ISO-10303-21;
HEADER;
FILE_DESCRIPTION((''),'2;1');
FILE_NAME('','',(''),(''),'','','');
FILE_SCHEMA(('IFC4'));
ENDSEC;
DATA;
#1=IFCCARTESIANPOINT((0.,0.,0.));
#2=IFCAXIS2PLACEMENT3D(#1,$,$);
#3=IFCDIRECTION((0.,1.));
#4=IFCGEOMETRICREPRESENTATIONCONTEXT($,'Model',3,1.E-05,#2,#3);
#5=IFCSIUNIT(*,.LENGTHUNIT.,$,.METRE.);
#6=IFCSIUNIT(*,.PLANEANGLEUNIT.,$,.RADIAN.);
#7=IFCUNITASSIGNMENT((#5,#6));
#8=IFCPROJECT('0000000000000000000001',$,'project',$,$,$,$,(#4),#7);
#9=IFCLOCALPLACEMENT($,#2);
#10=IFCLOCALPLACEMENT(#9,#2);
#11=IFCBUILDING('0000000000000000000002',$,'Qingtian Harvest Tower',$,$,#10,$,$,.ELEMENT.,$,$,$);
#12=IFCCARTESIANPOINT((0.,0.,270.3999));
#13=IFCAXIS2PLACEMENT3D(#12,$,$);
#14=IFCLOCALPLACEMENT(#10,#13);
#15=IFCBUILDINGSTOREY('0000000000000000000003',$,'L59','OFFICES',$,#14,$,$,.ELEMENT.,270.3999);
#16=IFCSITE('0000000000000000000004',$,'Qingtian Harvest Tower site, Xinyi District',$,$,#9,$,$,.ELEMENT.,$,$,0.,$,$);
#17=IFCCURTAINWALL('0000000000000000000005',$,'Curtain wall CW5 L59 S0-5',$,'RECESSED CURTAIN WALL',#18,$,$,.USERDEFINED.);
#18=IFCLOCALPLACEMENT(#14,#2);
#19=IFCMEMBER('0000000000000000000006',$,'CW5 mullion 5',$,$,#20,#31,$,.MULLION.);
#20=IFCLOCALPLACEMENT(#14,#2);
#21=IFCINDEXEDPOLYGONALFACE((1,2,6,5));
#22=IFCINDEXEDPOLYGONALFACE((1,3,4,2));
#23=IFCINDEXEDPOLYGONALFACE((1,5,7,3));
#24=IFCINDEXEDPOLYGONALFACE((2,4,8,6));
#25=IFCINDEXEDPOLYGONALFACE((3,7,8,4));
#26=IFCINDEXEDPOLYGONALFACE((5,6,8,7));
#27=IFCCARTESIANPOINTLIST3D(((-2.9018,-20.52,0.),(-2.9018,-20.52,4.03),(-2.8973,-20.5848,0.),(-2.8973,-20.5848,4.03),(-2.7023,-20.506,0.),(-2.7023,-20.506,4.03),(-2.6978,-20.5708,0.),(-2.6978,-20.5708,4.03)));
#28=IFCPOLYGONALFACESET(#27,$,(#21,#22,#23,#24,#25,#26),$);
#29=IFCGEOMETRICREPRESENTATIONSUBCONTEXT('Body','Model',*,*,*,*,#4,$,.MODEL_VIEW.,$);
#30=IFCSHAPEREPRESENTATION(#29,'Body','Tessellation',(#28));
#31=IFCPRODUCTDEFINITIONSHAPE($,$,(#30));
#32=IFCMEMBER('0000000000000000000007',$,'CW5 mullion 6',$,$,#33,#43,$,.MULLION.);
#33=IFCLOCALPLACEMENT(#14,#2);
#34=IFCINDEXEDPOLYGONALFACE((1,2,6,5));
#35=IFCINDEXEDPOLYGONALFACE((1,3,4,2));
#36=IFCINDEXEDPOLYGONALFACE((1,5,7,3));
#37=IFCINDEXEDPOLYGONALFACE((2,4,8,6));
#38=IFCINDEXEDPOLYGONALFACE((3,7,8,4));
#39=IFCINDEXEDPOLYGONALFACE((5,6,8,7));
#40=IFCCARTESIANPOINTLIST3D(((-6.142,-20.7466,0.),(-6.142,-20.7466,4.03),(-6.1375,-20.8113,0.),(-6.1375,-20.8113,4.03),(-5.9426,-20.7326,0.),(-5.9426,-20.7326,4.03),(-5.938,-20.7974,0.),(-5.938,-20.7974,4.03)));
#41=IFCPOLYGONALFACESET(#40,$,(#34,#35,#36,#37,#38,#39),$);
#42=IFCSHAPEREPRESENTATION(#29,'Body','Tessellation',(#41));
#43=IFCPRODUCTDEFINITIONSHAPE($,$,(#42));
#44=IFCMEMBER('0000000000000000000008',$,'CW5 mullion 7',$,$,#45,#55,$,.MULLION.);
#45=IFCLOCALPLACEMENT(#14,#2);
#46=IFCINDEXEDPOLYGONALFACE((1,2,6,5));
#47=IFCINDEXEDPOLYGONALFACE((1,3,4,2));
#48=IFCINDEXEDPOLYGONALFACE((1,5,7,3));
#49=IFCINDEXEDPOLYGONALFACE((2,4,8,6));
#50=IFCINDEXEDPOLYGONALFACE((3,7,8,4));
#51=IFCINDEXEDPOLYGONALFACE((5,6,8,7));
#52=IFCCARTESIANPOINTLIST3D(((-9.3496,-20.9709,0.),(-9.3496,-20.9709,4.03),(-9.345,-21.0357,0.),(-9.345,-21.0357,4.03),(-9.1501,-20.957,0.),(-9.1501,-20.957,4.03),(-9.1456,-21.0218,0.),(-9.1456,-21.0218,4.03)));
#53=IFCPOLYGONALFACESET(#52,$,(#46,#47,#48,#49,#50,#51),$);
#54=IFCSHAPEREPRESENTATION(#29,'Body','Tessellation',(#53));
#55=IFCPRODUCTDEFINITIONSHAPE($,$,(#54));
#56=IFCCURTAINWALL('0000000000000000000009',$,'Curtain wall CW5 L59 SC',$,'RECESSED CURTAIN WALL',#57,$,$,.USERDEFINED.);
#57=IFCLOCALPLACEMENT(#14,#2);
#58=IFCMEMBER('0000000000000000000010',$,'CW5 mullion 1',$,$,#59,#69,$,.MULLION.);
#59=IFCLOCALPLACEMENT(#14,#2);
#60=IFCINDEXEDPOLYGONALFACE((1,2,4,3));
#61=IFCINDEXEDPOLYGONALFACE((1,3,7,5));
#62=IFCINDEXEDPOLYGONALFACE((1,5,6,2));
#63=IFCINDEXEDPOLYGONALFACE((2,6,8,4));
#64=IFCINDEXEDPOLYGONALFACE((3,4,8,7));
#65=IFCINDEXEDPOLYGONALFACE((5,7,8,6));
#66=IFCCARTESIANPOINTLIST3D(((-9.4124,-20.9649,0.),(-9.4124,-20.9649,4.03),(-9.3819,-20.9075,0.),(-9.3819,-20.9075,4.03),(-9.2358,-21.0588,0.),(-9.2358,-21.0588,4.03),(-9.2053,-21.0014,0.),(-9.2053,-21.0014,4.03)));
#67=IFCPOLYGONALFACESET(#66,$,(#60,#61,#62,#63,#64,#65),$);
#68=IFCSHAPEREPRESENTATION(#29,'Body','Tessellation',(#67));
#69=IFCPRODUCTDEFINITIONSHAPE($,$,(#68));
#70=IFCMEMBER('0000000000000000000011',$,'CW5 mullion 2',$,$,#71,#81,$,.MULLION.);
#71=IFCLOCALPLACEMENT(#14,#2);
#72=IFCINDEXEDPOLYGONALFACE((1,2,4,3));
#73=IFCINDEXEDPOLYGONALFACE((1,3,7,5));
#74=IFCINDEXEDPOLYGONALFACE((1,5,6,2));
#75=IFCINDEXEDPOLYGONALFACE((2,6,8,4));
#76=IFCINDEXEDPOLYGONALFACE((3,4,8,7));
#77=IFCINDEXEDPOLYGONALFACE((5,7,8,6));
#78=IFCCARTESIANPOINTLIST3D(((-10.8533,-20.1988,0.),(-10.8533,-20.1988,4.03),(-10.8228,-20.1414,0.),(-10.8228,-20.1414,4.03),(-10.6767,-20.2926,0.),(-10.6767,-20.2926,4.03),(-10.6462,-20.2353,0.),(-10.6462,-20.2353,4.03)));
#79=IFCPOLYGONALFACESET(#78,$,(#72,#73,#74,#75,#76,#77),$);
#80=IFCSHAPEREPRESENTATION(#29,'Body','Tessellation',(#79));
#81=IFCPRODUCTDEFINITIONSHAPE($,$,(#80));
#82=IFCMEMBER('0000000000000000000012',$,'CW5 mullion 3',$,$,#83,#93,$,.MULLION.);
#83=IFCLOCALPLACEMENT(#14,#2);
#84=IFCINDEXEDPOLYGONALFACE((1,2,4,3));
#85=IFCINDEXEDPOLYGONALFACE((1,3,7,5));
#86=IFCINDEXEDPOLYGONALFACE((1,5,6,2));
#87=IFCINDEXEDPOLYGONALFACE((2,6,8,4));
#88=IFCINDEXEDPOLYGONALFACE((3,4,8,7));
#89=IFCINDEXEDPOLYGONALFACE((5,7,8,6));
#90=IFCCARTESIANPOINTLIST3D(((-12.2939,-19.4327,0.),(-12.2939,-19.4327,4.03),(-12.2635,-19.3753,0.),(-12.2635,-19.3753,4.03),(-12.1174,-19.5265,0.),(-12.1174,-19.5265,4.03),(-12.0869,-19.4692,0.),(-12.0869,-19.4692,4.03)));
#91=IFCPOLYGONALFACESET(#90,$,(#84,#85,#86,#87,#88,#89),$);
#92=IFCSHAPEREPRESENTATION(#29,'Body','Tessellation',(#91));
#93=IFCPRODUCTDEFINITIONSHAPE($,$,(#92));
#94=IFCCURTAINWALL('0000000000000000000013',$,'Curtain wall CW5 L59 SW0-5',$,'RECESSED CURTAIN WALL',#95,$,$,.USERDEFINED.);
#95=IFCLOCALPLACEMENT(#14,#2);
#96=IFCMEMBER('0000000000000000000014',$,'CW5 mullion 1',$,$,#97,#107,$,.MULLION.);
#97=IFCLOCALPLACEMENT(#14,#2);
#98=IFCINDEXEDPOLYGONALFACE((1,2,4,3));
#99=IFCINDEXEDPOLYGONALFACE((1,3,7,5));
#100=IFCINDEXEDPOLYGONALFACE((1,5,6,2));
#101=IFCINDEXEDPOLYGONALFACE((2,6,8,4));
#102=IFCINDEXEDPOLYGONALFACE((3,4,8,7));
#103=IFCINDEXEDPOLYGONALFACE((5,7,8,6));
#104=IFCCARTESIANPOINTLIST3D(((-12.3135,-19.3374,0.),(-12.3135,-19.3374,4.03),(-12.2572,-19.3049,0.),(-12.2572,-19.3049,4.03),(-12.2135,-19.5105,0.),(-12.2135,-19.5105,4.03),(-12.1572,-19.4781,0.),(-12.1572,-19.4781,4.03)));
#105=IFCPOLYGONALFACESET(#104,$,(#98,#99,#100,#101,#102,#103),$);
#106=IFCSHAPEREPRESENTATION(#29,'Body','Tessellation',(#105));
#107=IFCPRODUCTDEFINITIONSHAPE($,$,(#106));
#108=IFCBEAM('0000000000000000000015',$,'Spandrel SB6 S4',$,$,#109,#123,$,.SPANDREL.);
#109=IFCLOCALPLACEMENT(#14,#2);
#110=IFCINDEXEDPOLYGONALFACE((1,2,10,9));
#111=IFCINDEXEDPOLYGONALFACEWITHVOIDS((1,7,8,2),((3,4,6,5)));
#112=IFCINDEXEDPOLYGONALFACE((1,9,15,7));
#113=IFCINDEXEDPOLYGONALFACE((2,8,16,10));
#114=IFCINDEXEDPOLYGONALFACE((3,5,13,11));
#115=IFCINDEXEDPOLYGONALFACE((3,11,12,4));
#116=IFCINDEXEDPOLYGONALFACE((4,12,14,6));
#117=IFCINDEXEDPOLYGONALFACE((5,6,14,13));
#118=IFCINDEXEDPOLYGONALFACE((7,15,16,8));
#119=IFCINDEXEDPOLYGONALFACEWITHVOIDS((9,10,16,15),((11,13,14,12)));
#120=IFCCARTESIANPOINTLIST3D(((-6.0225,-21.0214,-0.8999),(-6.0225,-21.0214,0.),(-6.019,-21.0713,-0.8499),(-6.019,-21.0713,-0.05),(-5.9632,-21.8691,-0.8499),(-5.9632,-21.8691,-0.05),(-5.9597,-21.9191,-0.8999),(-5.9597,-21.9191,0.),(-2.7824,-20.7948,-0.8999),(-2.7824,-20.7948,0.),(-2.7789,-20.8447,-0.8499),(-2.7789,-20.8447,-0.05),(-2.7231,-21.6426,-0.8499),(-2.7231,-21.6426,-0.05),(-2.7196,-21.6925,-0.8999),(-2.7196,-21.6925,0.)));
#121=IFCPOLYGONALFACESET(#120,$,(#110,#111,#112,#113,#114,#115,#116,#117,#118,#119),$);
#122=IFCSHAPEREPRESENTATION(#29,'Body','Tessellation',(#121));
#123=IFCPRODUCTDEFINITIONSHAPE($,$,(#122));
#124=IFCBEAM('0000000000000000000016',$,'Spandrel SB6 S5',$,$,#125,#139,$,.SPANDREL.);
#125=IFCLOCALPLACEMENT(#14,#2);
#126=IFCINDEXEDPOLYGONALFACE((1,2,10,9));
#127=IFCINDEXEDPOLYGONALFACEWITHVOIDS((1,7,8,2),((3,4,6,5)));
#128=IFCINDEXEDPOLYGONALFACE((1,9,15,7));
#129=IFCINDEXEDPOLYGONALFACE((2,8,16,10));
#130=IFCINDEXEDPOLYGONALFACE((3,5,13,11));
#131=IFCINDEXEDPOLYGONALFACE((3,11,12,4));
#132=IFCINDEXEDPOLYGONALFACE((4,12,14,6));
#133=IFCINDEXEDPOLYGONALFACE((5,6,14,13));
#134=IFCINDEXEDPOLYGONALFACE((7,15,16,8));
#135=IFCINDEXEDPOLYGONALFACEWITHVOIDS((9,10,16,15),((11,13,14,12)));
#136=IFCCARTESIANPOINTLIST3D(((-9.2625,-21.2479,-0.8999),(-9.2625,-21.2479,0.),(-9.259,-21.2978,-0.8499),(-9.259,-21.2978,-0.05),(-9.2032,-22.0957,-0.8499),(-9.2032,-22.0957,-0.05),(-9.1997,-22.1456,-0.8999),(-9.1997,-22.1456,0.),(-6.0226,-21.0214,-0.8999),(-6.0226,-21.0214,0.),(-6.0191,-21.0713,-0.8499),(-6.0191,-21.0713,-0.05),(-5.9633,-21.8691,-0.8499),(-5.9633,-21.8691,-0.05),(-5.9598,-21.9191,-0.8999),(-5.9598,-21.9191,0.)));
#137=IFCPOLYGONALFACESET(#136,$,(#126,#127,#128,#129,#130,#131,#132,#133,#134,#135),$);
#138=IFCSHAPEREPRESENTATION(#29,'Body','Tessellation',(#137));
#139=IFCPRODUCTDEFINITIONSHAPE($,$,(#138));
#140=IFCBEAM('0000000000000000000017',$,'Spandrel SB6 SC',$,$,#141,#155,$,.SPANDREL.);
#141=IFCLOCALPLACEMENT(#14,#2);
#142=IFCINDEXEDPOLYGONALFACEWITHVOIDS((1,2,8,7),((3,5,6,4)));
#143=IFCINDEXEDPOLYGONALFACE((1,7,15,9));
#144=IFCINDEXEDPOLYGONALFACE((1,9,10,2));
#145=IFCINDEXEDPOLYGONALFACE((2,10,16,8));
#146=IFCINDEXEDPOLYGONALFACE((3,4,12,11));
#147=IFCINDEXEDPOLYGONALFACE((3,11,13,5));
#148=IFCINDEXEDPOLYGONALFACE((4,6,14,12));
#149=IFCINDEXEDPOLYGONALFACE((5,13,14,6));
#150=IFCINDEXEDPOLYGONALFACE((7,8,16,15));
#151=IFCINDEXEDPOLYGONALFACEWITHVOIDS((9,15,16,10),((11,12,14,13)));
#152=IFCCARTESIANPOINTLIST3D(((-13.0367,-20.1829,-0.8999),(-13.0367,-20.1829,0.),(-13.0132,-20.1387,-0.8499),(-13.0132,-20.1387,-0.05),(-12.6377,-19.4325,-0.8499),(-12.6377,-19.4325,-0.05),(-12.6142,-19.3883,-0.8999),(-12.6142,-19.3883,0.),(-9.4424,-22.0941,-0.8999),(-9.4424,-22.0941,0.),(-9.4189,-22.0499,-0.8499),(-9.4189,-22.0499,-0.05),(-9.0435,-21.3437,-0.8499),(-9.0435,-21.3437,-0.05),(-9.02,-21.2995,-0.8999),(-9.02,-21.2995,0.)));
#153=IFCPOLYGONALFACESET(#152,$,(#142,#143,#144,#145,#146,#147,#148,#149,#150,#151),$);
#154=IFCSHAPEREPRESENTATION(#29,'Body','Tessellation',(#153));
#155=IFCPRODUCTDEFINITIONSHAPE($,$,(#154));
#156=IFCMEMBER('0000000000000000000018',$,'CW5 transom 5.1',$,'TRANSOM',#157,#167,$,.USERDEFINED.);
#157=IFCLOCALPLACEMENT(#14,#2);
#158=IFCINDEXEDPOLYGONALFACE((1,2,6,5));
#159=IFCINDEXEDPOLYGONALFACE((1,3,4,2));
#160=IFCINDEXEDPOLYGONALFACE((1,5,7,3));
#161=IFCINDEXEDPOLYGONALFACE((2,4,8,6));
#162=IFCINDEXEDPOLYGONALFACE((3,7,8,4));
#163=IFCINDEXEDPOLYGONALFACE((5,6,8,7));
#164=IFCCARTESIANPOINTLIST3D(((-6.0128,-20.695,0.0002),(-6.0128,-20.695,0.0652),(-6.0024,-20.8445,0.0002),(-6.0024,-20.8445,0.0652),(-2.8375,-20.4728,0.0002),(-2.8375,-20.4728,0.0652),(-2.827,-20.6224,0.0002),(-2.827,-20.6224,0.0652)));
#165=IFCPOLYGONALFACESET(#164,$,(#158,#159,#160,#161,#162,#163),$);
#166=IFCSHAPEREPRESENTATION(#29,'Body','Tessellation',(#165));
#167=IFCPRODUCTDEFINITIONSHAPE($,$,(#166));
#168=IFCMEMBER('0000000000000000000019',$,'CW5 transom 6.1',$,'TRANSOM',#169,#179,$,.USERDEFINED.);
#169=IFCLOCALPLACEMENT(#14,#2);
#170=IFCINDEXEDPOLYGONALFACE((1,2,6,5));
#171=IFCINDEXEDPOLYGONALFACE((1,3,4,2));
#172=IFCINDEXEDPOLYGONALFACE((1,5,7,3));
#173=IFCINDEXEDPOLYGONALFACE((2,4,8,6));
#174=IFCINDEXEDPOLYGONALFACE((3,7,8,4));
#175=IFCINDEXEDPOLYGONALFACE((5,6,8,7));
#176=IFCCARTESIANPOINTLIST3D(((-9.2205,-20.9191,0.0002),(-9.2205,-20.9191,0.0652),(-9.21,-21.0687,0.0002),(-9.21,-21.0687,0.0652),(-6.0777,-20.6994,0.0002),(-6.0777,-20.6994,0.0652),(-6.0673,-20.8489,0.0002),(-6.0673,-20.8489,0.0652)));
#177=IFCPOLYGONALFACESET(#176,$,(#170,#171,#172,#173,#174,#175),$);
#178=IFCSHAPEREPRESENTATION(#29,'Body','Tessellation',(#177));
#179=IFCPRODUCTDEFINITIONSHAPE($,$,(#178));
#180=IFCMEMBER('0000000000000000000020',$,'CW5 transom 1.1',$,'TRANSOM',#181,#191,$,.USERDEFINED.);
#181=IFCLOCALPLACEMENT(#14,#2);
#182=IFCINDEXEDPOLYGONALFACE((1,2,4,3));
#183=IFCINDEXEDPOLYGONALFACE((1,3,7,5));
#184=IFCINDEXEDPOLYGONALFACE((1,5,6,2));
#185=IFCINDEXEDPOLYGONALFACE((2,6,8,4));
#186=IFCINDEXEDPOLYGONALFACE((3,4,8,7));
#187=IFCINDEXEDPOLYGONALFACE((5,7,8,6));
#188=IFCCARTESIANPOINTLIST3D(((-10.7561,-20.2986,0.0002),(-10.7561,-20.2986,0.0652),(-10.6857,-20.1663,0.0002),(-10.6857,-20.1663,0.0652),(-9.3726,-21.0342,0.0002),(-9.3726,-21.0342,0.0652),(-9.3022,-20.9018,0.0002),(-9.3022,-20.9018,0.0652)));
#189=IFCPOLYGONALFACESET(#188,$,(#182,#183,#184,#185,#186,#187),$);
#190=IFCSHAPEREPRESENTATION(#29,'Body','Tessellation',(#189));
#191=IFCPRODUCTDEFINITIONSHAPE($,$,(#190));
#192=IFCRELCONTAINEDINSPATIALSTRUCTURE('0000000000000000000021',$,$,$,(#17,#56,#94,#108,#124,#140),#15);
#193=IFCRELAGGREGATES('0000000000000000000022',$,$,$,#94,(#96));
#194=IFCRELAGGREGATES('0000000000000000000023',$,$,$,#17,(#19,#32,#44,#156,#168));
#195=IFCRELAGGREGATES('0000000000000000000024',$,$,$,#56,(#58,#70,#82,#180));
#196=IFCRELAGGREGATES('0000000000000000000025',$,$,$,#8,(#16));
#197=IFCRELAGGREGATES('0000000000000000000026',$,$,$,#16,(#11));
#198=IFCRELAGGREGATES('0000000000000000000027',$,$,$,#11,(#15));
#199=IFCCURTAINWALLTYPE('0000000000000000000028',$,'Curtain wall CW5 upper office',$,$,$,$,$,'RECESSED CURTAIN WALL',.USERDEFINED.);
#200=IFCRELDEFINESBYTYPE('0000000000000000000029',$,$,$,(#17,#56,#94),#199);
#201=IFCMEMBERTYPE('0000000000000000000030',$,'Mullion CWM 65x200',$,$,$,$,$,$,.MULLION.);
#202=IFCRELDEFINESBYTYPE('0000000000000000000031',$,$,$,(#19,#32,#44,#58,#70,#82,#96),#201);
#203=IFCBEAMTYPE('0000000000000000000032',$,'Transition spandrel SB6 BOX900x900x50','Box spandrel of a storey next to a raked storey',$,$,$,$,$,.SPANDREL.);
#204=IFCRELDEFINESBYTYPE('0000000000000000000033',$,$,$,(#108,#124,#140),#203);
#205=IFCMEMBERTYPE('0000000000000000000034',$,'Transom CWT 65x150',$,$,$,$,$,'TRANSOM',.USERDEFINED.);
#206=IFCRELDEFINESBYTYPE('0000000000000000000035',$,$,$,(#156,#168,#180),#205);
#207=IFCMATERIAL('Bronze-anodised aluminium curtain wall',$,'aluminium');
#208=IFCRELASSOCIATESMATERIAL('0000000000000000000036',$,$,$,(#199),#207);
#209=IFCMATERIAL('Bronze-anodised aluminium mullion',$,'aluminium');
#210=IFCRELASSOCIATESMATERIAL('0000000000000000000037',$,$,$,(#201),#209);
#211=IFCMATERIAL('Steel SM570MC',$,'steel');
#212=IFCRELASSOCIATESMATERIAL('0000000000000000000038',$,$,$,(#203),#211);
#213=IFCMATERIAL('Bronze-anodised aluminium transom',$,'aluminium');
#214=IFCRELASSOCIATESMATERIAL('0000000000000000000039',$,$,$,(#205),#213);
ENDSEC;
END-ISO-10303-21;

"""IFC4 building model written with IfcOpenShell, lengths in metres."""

from ifc_helpers import new_model, si_unit, direction, frame, origin, origin_2d, place, context, subcontext, project, spatial, rectangle, hollow_rectangle, extrude, material, material_profile, profile_set, type_object, element, aggregate, save


model = new_model("IFC4")

# Units and contexts
model_context = context("Model", 3, precision=1e-05, world=origin(), true_north=direction((0.0, 1.0)))
body_context = subcontext(model_context, "Body", "Model", "MODEL_VIEW")
ifc_project = project(units=[si_unit("LENGTHUNIT", "METRE"), si_unit("PLANEANGLEUNIT", "RADIAN")], contexts=[model_context])

# Site, building, storey
site_placement = place(None, origin())
site = spatial("IfcSite", under=ifc_project, at=site_placement, Name="Qingtian Harvest Tower site, Xinyi District", CompositionType="ELEMENT", RefElevation=0.0)
building_placement = place(site_placement, origin())
building = spatial("IfcBuilding", under=site, at=building_placement, Name="Qingtian Harvest Tower", CompositionType="ELEMENT")
storey_placement = place(building_placement, frame((0.0, 0.0, 270.3999)))
storey = spatial("IfcBuildingStorey", under=building, at=storey_placement, Name="L59", Description="OFFICES", CompositionType="ELEMENT", Elevation=270.3999)

# Curtain walls, members
ifc_material_1 = material(Name="Bronze-anodised aluminium curtain wall", Category="aluminium")
curtain_wall_type = type_object("IfcCurtainWallType", Name="Curtain wall CW5 upper office", ElementType="RECESSED CURTAIN WALL", PredefinedType="USERDEFINED", material=ifc_material_1)
curtain_wall_1_placement = place(storey_placement, origin())
curtain_wall_1 = element("IfcCurtainWall", 1, at=curtain_wall_1_placement, inside=storey, type_object=curtain_wall_type, Name="Curtain wall CW5 L59 S0-5", ObjectType="RECESSED CURTAIN WALL", PredefinedType="USERDEFINED")
ifc_material_2 = material(Name="Bronze-anodised aluminium mullion", Category="aluminium")
ifc_material_profile_1 = material_profile(ifc_material_2, rectangle(XDim=0.0649, YDim=0.2, at=origin_2d()), Name="AL 65x200")
ifc_profile_set_1 = profile_set([ifc_material_profile_1], Name="Bronze-anodised aluminium mullion")
member_type_1 = type_object("IfcMemberType", Name="Mullion CWM 65x200", PredefinedType="MULLION", material=ifc_profile_set_1)
member_1_placement = place(storey_placement, frame((-2.7998, -20.5454, 0.0), z_axis=(0.0, 0.0, 1.0), x_axis=(0.069756, -0.997564, 0.0)))
member_1 = element("IfcMember", 2, at=member_1_placement, type_object=member_type_1, Name="CW5 mullion 5", PredefinedType="MULLION", context=body_context, shape_type="SweptSolid", body=[
    extrude(rectangle(XDim=0.0649, YDim=0.2, at=origin_2d()), origin(), (0.0, 0.0, 1.0), 4.03),
])
member_2_placement = place(storey_placement, frame((-6.04, -20.772, 0.0), z_axis=(0.0, 0.0, 1.0), x_axis=(0.069756, -0.997564, 0.0)))
member_2 = element("IfcMember", 3, at=member_2_placement, type_object=member_type_1, Name="CW5 mullion 6", PredefinedType="MULLION", context=body_context, shape_type="SweptSolid", body=[
    extrude(rectangle(XDim=0.0649, YDim=0.2, at=origin_2d()), origin(), (0.0, 0.0, 1.0), 4.03),
])
member_3_placement = place(storey_placement, frame((-9.2476, -20.9963, 0.0), z_axis=(0.0, 0.0, 1.0), x_axis=(0.069756, -0.997564, 0.0)))
member_3 = element("IfcMember", 4, at=member_3_placement, type_object=member_type_1, Name="CW5 mullion 7", PredefinedType="MULLION", context=body_context, shape_type="SweptSolid", body=[
    extrude(rectangle(XDim=0.0649, YDim=0.2, at=origin_2d()), origin(), (0.0, 0.0, 1.0), 4.03),
])
curtain_wall_2_placement = place(storey_placement, origin())
curtain_wall_2 = element("IfcCurtainWall", 5, at=curtain_wall_2_placement, inside=storey, type_object=curtain_wall_type, Name="Curtain wall CW5 L59 SC", ObjectType="RECESSED CURTAIN WALL", PredefinedType="USERDEFINED")
member_4_placement = place(storey_placement, frame((-9.3088, -20.9832, 0.0), z_axis=(0.0, 0.0, 1.0), x_axis=(-0.469472, -0.882948, 0.0)))
member_4 = element("IfcMember", 6, at=member_4_placement, type_object=member_type_1, Name="CW5 mullion 1", PredefinedType="MULLION", context=body_context, shape_type="SweptSolid", body=[
    extrude(rectangle(XDim=0.0649, YDim=0.2, at=origin_2d()), origin(), (0.0, 0.0, 1.0), 4.03),
])
member_5_placement = place(storey_placement, frame((-10.7498, -20.217, 0.0), z_axis=(0.0, 0.0, 1.0), x_axis=(-0.469472, -0.882948, 0.0)))
member_5 = element("IfcMember", 7, at=member_5_placement, type_object=member_type_1, Name="CW5 mullion 2", PredefinedType="MULLION", context=body_context, shape_type="SweptSolid", body=[
    extrude(rectangle(XDim=0.0649, YDim=0.2, at=origin_2d()), origin(), (0.0, 0.0, 1.0), 4.03),
])
member_6_placement = place(storey_placement, frame((-12.1904, -19.4509, 0.0), z_axis=(0.0, 0.0, 1.0), x_axis=(-0.469472, -0.882948, 0.0)))
member_6 = element("IfcMember", 8, at=member_6_placement, type_object=member_type_1, Name="CW5 mullion 3", PredefinedType="MULLION", context=body_context, shape_type="SweptSolid", body=[
    extrude(rectangle(XDim=0.0649, YDim=0.2, at=origin_2d()), origin(), (0.0, 0.0, 1.0), 4.03),
])

# Curtain wall, member
curtain_wall_3_placement = place(storey_placement, origin())
curtain_wall_3 = element("IfcCurtainWall", 9, at=curtain_wall_3_placement, inside=storey, type_object=curtain_wall_type, Name="Curtain wall CW5 L59 SW0-5", ObjectType="RECESSED CURTAIN WALL", PredefinedType="USERDEFINED")
member_7_placement = place(storey_placement, frame((-12.2354, -19.4077, 0.0), z_axis=(0.0, 0.0, 1.0), x_axis=(-0.866025, -0.5, 0.0)))
member_7 = element("IfcMember", 10, at=member_7_placement, type_object=member_type_1, Name="CW5 mullion 1", PredefinedType="MULLION", context=body_context, shape_type="SweptSolid", body=[
    extrude(rectangle(XDim=0.0649, YDim=0.2, at=origin_2d()), origin(), (0.0, 0.0, 1.0), 4.03),
])
aggregate(curtain_wall_3, [member_7])

# Beams
ifc_material_3 = material(Name="Steel SM570MC", Category="steel")
ifc_material_profile_2 = material_profile(ifc_material_3, hollow_rectangle(XDim=0.8999, YDim=0.8999, WallThickness=0.05, at=origin_2d()), Name="BOX900x900x50")
ifc_profile_set_2 = profile_set([ifc_material_profile_2], Name="Steel SM570MC")
beam_type_1 = type_object("IfcBeamType", Name="Transition spandrel SB6 BOX900x900x50", Description="Box spandrel of a storey next to a raked storey", PredefinedType="SPANDREL", material=ifc_profile_set_2)
beam_1_placement = place(storey_placement, frame((-2.751, -21.2437, -0.45), z_axis=(-0.997564, -0.069751, 0.0), x_axis=(0.069751, -0.997564, 0.0)))
element("IfcBeam", 11, at=beam_1_placement, inside=storey, type_object=beam_type_1, Name="Spandrel SB6 S4", PredefinedType="SPANDREL", context=body_context, shape_type="SweptSolid", body=[
    extrude(hollow_rectangle(XDim=0.8999, YDim=0.8999, WallThickness=0.05, at=origin_2d()), origin(), (0.0, 0.0, 1.0), 3.248),
])
beam_2_placement = place(storey_placement, frame((-5.9912, -21.4702, -0.45), z_axis=(-0.997564, -0.069757, 0.0), x_axis=(0.069757, -0.997564, 0.0)))
element("IfcBeam", 12, at=beam_2_placement, inside=storey, type_object=beam_type_1, Name="Spandrel SB6 S5", PredefinedType="SPANDREL", context=body_context, shape_type="SweptSolid", body=[
    extrude(hollow_rectangle(XDim=0.8999, YDim=0.8999, WallThickness=0.05, at=origin_2d()), origin(), (0.0, 0.0, 1.0), 3.2478),
])
beam_3_placement = place(storey_placement, frame((-9.2312, -21.6968, -0.45), z_axis=(-0.882943, 0.46948, 0.0), x_axis=(-0.46948, -0.882943, 0.0)))
element("IfcBeam", 13, at=beam_3_placement, inside=storey, type_object=beam_type_1, Name="Spandrel SB6 SC", PredefinedType="SPANDREL", context=body_context, shape_type="SweptSolid", body=[
    extrude(hollow_rectangle(XDim=0.8999, YDim=0.8999, WallThickness=0.05, at=origin_2d()), origin(), (0.0, 0.0, 1.0), 4.0708),
])

# Members
ifc_material_4 = material(Name="Bronze-anodised aluminium transom", Category="aluminium")
ifc_material_profile_3 = material_profile(ifc_material_4, rectangle(XDim=0.1499, YDim=0.0649, at=origin_2d()), Name="AL 65x150")
ifc_profile_set_3 = profile_set([ifc_material_profile_3], Name="Bronze-anodised aluminium transom")
member_type_2 = type_object("IfcMemberType", Name="Transom CWT 65x150", ElementType="TRANSOM", PredefinedType="USERDEFINED", material=ifc_profile_set_3)
member_8_placement = place(storey_placement, frame((-2.8323, -20.5476, 0.0327), z_axis=(-0.997561, -0.069797, 0.0), x_axis=(0.069797, -0.997561, 0.0)))
member_8 = element("IfcMember", 14, at=member_8_placement, type_object=member_type_2, Name="CW5 transom 5.1", ObjectType="TRANSOM", PredefinedType="USERDEFINED", context=body_context, shape_type="SweptSolid", body=[
    extrude(rectangle(XDim=0.1499, YDim=0.0649, at=origin_2d()), origin(), (0.0, 0.0, 1.0), 3.1831),
])
member_9_placement = place(storey_placement, frame((-6.0725, -20.7742, 0.0327), z_axis=(-0.997565, -0.069744, 0.0), x_axis=(0.069744, -0.997565, 0.0)))
member_9 = element("IfcMember", 15, at=member_9_placement, type_object=member_type_2, Name="CW5 transom 6.1", ObjectType="TRANSOM", PredefinedType="USERDEFINED", context=body_context, shape_type="SweptSolid", body=[
    extrude(rectangle(XDim=0.1499, YDim=0.0649, at=origin_2d()), origin(), (0.0, 0.0, 1.0), 3.1504),
])
member_10_placement = place(storey_placement, frame((-9.3374, -20.968, 0.0327), z_axis=(-0.88296, 0.469448, 0.0), x_axis=(-0.469448, -0.88296, 0.0)))
member_10 = element("IfcMember", 16, at=member_10_placement, type_object=member_type_2, Name="CW5 transom 1.1", ObjectType="TRANSOM", PredefinedType="USERDEFINED", context=body_context, shape_type="SweptSolid", body=[
    extrude(rectangle(XDim=0.1499, YDim=0.0649, at=origin_2d()), origin(), (0.0, 0.0, 1.0), 1.5669),
])

aggregate(curtain_wall_1, [member_1, member_2, member_3, member_8, member_9])
aggregate(curtain_wall_2, [member_4, member_5, member_6, member_10])

save(model, "model.ifc")
